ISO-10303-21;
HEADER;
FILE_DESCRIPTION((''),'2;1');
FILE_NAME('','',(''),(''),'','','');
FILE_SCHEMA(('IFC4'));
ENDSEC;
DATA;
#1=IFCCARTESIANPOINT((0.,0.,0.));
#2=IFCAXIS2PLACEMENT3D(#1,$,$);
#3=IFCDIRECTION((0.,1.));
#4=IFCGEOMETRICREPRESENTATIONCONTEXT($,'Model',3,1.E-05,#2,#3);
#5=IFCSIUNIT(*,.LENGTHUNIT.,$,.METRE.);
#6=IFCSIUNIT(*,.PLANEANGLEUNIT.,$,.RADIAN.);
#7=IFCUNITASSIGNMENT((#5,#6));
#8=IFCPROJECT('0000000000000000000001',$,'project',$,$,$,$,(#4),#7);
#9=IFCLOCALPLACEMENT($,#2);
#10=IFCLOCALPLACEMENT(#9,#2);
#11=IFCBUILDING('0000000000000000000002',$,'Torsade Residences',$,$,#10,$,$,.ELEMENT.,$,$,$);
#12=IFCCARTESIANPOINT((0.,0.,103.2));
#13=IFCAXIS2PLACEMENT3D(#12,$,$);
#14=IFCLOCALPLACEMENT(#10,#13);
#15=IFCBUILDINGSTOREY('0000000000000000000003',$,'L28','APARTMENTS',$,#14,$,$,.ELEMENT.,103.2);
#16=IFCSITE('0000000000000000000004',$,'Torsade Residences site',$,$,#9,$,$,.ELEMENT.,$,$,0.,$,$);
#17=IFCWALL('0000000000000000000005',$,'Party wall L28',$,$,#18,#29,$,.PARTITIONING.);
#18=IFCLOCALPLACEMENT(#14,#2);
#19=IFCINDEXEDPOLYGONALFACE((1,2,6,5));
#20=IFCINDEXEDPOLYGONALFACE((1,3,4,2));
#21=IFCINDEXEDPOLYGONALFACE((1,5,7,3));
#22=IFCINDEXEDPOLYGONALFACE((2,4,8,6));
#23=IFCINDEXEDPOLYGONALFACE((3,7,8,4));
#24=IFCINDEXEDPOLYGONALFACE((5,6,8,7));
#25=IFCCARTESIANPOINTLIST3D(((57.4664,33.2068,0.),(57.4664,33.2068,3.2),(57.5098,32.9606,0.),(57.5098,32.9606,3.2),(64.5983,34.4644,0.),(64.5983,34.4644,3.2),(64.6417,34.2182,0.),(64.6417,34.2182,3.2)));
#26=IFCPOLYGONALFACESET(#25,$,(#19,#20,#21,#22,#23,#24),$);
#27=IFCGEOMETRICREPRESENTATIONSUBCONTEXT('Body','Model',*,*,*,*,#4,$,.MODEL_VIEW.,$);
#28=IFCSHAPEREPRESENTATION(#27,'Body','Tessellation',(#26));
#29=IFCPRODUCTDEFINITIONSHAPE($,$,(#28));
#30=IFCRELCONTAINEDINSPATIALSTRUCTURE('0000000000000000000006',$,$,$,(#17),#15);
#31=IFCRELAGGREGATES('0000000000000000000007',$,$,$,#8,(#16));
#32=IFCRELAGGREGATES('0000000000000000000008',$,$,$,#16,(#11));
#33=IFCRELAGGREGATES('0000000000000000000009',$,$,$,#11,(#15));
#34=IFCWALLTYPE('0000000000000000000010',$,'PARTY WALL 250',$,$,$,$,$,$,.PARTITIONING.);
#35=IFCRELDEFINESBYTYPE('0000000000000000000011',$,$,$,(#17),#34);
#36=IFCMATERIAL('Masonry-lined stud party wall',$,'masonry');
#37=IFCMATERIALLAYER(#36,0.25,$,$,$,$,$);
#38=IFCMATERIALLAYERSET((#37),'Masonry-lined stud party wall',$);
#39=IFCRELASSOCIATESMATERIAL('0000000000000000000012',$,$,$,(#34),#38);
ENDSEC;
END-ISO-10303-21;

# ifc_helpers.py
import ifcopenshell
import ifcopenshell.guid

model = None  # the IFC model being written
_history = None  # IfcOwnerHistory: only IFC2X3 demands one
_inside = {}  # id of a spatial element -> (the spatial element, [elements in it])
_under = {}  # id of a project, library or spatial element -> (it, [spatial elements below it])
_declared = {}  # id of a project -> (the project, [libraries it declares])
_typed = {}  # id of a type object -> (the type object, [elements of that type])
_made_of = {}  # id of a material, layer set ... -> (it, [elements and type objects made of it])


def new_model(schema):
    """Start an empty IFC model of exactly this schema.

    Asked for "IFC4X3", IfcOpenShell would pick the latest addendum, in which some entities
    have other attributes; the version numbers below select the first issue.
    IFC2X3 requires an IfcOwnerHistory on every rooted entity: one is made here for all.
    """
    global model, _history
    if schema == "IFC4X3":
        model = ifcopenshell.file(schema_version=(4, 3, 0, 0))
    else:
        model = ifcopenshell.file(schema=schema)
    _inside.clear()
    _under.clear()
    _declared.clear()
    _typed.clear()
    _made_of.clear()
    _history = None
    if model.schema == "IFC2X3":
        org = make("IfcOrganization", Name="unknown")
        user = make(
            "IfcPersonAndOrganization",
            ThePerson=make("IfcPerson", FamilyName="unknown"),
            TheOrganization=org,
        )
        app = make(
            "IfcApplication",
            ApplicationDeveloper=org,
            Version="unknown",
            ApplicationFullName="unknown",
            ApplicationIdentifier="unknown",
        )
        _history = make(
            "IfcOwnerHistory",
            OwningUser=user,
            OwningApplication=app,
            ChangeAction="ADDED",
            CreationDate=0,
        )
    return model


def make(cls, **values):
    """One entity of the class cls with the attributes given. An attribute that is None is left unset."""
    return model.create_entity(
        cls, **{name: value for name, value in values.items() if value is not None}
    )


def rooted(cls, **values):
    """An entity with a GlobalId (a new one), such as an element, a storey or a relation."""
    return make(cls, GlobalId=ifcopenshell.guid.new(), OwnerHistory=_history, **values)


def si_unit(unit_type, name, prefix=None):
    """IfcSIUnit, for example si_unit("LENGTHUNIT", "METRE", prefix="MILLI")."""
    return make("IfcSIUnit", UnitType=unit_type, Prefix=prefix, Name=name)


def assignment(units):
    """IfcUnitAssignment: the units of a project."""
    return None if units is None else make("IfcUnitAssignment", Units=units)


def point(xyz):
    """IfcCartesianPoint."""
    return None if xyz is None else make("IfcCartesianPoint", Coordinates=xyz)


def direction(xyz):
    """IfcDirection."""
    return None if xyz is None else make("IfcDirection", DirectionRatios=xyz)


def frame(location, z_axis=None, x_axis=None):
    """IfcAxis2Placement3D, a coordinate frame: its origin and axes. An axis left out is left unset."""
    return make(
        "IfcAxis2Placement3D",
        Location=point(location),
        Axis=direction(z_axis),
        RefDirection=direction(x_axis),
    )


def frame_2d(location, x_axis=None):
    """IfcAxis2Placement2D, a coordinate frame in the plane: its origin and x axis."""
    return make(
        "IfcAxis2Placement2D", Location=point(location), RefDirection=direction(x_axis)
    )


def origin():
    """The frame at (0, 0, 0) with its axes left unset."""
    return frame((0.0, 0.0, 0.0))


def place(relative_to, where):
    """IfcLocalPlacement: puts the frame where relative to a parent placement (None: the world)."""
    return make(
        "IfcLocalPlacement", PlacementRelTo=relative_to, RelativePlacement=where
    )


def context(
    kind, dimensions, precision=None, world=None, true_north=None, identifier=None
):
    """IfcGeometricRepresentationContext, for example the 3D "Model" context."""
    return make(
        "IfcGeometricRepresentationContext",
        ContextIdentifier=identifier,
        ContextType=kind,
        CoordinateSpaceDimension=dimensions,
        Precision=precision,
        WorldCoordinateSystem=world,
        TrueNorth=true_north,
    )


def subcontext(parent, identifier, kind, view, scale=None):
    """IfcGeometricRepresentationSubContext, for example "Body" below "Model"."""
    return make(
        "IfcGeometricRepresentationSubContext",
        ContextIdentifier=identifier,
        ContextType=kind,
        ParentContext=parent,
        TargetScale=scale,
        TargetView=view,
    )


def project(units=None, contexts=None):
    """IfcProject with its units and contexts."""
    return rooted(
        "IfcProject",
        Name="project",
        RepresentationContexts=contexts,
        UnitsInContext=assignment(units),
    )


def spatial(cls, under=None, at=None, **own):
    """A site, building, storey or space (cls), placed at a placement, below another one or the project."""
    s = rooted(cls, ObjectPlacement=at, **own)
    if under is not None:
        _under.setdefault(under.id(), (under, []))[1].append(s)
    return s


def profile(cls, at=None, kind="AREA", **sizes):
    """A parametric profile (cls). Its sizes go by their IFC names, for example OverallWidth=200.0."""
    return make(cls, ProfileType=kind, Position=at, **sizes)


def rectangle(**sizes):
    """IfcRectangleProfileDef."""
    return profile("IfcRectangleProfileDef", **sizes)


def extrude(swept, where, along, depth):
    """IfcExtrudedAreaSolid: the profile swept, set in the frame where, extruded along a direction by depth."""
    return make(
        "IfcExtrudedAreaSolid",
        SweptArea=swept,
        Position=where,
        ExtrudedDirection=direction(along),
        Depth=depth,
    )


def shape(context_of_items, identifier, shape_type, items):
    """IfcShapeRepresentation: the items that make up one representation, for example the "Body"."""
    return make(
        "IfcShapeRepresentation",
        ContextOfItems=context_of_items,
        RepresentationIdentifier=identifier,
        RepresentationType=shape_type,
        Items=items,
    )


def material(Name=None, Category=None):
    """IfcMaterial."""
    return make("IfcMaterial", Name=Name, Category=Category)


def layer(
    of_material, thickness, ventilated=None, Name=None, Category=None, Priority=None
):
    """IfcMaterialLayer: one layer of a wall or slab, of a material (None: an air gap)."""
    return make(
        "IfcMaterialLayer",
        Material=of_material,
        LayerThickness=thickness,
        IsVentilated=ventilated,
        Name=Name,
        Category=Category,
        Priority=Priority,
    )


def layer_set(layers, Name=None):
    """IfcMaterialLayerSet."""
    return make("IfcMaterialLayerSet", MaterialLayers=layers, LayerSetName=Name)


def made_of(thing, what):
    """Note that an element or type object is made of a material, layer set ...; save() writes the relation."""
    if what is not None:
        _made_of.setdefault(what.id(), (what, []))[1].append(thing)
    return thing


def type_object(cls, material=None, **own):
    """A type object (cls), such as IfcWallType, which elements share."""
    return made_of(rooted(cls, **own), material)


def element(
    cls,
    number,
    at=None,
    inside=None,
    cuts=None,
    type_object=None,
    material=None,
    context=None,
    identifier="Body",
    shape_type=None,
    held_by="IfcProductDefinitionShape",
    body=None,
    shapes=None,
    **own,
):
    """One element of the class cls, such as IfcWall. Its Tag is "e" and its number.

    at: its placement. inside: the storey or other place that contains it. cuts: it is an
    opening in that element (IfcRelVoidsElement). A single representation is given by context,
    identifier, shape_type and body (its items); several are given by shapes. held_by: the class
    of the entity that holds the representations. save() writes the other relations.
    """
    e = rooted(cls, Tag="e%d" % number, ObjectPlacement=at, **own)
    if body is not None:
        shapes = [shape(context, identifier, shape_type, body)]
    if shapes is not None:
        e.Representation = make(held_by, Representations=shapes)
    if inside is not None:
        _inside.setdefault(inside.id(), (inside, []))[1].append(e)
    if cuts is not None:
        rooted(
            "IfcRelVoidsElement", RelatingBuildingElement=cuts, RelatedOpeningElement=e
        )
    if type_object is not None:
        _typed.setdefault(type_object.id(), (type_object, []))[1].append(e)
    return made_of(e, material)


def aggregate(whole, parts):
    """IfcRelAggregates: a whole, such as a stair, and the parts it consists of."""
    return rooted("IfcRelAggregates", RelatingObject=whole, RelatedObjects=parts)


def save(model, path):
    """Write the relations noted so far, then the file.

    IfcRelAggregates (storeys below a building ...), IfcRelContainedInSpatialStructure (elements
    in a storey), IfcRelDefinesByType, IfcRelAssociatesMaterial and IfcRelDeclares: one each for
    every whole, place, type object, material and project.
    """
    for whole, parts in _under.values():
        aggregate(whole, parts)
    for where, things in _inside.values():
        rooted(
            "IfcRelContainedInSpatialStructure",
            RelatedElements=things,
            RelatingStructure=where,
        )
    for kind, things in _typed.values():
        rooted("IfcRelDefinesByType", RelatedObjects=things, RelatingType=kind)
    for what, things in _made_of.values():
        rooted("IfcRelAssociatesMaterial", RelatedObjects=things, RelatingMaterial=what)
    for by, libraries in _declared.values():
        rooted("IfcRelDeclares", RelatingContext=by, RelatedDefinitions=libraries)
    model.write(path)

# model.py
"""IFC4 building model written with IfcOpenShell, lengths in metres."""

from ifc_helpers import new_model, si_unit, direction, frame, frame_2d, origin, place, context, subcontext, project, spatial, rectangle, extrude, material, layer, layer_set, type_object, element, save


model = new_model("IFC4")

# Units and contexts
model_context = context("Model", 3, precision=1e-05, world=origin(), true_north=direction((0.0, 1.0)))
body_context = subcontext(model_context, "Body", "Model", "MODEL_VIEW")
ifc_project = project(units=[si_unit("LENGTHUNIT", "METRE"), si_unit("PLANEANGLEUNIT", "RADIAN")], contexts=[model_context])

# Site, building, storey
site_placement = place(None, origin())
site = spatial("IfcSite", under=ifc_project, at=site_placement, Name="Torsade Residences site", CompositionType="ELEMENT", RefElevation=0.0)
building_placement = place(site_placement, origin())
building = spatial("IfcBuilding", under=site, at=building_placement, Name="Torsade Residences", CompositionType="ELEMENT")
storey_placement = place(building_placement, frame((0.0, 0.0, 103.2)))
storey = spatial("IfcBuildingStorey", under=building, at=storey_placement, Name="L28", Description="APARTMENTS", CompositionType="ELEMENT", Elevation=103.2)

# Wall
ifc_material_1 = material(Name="Masonry-lined stud party wall", Category="masonry")
ifc_layer_1 = layer(ifc_material_1, 0.25)
ifc_layer_set_1 = layer_set([ifc_layer_1], Name="Masonry-lined stud party wall")
wall_type = type_object("IfcWallType", Name="PARTY WALL 250", PredefinedType="PARTITIONING", material=ifc_layer_set_1)
wall_1_placement = place(storey_placement, frame((64.6201, 34.3413, 0.0), z_axis=(0.0, 0.0, 1.0), x_axis=(-0.984807, -0.173653, 0.0)))
element("IfcWall", 1, at=wall_1_placement, inside=storey, type_object=wall_type, Name="Party wall L28", PredefinedType="PARTITIONING", context=body_context, shape_type="SweptSolid", body=[
    extrude(rectangle(XDim=7.2419, YDim=0.25, at=frame_2d((3.6211, 0.0))), origin(), (0.0, 0.0, 1.0), 3.2),
])

save(model, "model.ifc")
